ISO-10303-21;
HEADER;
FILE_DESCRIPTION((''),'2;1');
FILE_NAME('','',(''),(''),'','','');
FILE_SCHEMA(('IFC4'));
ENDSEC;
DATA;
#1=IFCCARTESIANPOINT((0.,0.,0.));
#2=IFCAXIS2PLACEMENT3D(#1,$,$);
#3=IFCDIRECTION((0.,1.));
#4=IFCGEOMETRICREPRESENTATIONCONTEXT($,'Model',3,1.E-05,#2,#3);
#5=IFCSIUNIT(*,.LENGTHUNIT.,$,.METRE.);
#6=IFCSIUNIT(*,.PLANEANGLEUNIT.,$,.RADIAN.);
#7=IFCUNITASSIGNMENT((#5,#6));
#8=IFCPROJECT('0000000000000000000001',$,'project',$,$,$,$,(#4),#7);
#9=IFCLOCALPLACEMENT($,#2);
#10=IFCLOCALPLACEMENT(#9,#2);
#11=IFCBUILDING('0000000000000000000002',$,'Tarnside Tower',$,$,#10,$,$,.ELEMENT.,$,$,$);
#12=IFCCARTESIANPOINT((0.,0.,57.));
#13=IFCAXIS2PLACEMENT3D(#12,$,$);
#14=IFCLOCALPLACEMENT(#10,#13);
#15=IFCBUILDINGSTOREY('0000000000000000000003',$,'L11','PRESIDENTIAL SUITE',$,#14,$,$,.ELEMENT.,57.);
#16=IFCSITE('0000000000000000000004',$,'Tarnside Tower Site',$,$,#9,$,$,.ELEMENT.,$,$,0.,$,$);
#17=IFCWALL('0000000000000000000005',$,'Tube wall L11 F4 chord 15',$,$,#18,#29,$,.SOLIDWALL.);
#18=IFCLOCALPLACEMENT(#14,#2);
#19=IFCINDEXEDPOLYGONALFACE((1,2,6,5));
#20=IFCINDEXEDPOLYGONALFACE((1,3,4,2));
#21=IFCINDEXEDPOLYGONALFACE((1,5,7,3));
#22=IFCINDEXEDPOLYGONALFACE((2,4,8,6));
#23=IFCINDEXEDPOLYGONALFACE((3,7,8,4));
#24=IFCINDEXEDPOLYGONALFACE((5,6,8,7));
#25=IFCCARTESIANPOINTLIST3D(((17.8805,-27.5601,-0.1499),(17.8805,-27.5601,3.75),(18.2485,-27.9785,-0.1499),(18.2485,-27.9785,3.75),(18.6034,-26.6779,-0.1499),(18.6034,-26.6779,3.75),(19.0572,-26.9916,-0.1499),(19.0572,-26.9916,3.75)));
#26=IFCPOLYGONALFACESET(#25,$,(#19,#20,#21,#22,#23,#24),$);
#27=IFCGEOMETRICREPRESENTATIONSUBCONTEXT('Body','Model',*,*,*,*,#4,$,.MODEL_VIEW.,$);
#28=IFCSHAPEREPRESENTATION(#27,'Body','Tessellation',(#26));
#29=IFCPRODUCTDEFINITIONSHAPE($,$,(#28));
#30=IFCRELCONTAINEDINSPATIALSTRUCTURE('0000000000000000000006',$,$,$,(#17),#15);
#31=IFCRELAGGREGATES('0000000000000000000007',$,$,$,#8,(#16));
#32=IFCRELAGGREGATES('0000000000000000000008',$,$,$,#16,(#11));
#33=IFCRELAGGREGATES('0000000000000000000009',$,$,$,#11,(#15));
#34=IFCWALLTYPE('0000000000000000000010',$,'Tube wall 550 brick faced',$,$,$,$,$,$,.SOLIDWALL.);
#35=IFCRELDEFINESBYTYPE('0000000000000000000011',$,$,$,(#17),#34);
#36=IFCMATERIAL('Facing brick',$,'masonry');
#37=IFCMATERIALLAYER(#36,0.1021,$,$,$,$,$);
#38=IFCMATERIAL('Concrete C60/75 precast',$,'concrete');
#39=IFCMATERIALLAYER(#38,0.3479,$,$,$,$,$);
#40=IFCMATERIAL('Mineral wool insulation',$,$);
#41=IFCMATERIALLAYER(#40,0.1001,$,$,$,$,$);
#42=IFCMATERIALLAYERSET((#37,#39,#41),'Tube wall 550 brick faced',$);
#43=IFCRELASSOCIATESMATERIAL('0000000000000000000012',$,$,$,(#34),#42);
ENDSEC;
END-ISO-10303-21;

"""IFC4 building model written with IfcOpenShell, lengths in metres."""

from ifc_helpers import new_model, si_unit, direction, frame, origin, place, context, subcontext, project, spatial, polyline, outline, extrude, material, layer, layer_set, type_object, element, save


model = new_model("IFC4")

# Units and contexts
model_context = context("Model", 3, precision=1e-05, world=origin(), true_north=direction((0.0, 1.0)))
body_context = subcontext(model_context, "Body", "Model", "MODEL_VIEW")
ifc_project = project(units=[si_unit("LENGTHUNIT", "METRE"), si_unit("PLANEANGLEUNIT", "RADIAN")], contexts=[model_context])

# Site, building, storey
site_placement = place(None, origin())
site = spatial("IfcSite", under=ifc_project, at=site_placement, Name="Tarnside Tower Site", CompositionType="ELEMENT", RefElevation=0.0)
building_placement = place(site_placement, origin())
building = spatial("IfcBuilding", under=site, at=building_placement, Name="Tarnside Tower", CompositionType="ELEMENT")
storey_placement = place(building_placement, frame((0.0, 0.0, 57.0)))
storey = spatial("IfcBuildingStorey", under=building, at=storey_placement, Name="L11", Description="PRESIDENTIAL SUITE", CompositionType="ELEMENT", Elevation=57.0)

# Wall
ifc_material_1 = material(Name="Facing brick", Category="masonry")
ifc_layer_1 = layer(ifc_material_1, 0.1021)
ifc_material_2 = material(Name="Concrete C60/75 precast", Category="concrete")
ifc_layer_2 = layer(ifc_material_2, 0.3479)
ifc_material_3 = material(Name="Mineral wool insulation")
ifc_layer_3 = layer(ifc_material_3, 0.1001)
ifc_layer_set_1 = layer_set([ifc_layer_1, ifc_layer_2, ifc_layer_3], Name="Tube wall 550 brick faced")
wall_type_1 = type_object("IfcWallType", Name="Tube wall 550 brick faced", PredefinedType="SOLIDWALL", material=ifc_layer_set_1)
wall_1_placement = place(storey_placement, frame((18.0645, -27.7693, -0.1499), z_axis=(0.0, 0.0, 1.0), x_axis=(0.633843, 0.773462, 0.0)))
element("IfcWall", 1, at=wall_1_placement, inside=storey, type_object=wall_type_1, Name="Tube wall L11 F4 chord 15", PredefinedType="SOLIDWALL", context=body_context, shape_type="SweptSolid", body=[
    extrude(outline(polyline([(-0.0452, -0.2749), (1.2307, -0.2749), (1.1858, 0.2749), (0.0452, 0.2749), (-0.0452, -0.2749)])), origin(), (0.0, 0.0, 1.0), 3.8999),
])

save(model, "model.ifc")
